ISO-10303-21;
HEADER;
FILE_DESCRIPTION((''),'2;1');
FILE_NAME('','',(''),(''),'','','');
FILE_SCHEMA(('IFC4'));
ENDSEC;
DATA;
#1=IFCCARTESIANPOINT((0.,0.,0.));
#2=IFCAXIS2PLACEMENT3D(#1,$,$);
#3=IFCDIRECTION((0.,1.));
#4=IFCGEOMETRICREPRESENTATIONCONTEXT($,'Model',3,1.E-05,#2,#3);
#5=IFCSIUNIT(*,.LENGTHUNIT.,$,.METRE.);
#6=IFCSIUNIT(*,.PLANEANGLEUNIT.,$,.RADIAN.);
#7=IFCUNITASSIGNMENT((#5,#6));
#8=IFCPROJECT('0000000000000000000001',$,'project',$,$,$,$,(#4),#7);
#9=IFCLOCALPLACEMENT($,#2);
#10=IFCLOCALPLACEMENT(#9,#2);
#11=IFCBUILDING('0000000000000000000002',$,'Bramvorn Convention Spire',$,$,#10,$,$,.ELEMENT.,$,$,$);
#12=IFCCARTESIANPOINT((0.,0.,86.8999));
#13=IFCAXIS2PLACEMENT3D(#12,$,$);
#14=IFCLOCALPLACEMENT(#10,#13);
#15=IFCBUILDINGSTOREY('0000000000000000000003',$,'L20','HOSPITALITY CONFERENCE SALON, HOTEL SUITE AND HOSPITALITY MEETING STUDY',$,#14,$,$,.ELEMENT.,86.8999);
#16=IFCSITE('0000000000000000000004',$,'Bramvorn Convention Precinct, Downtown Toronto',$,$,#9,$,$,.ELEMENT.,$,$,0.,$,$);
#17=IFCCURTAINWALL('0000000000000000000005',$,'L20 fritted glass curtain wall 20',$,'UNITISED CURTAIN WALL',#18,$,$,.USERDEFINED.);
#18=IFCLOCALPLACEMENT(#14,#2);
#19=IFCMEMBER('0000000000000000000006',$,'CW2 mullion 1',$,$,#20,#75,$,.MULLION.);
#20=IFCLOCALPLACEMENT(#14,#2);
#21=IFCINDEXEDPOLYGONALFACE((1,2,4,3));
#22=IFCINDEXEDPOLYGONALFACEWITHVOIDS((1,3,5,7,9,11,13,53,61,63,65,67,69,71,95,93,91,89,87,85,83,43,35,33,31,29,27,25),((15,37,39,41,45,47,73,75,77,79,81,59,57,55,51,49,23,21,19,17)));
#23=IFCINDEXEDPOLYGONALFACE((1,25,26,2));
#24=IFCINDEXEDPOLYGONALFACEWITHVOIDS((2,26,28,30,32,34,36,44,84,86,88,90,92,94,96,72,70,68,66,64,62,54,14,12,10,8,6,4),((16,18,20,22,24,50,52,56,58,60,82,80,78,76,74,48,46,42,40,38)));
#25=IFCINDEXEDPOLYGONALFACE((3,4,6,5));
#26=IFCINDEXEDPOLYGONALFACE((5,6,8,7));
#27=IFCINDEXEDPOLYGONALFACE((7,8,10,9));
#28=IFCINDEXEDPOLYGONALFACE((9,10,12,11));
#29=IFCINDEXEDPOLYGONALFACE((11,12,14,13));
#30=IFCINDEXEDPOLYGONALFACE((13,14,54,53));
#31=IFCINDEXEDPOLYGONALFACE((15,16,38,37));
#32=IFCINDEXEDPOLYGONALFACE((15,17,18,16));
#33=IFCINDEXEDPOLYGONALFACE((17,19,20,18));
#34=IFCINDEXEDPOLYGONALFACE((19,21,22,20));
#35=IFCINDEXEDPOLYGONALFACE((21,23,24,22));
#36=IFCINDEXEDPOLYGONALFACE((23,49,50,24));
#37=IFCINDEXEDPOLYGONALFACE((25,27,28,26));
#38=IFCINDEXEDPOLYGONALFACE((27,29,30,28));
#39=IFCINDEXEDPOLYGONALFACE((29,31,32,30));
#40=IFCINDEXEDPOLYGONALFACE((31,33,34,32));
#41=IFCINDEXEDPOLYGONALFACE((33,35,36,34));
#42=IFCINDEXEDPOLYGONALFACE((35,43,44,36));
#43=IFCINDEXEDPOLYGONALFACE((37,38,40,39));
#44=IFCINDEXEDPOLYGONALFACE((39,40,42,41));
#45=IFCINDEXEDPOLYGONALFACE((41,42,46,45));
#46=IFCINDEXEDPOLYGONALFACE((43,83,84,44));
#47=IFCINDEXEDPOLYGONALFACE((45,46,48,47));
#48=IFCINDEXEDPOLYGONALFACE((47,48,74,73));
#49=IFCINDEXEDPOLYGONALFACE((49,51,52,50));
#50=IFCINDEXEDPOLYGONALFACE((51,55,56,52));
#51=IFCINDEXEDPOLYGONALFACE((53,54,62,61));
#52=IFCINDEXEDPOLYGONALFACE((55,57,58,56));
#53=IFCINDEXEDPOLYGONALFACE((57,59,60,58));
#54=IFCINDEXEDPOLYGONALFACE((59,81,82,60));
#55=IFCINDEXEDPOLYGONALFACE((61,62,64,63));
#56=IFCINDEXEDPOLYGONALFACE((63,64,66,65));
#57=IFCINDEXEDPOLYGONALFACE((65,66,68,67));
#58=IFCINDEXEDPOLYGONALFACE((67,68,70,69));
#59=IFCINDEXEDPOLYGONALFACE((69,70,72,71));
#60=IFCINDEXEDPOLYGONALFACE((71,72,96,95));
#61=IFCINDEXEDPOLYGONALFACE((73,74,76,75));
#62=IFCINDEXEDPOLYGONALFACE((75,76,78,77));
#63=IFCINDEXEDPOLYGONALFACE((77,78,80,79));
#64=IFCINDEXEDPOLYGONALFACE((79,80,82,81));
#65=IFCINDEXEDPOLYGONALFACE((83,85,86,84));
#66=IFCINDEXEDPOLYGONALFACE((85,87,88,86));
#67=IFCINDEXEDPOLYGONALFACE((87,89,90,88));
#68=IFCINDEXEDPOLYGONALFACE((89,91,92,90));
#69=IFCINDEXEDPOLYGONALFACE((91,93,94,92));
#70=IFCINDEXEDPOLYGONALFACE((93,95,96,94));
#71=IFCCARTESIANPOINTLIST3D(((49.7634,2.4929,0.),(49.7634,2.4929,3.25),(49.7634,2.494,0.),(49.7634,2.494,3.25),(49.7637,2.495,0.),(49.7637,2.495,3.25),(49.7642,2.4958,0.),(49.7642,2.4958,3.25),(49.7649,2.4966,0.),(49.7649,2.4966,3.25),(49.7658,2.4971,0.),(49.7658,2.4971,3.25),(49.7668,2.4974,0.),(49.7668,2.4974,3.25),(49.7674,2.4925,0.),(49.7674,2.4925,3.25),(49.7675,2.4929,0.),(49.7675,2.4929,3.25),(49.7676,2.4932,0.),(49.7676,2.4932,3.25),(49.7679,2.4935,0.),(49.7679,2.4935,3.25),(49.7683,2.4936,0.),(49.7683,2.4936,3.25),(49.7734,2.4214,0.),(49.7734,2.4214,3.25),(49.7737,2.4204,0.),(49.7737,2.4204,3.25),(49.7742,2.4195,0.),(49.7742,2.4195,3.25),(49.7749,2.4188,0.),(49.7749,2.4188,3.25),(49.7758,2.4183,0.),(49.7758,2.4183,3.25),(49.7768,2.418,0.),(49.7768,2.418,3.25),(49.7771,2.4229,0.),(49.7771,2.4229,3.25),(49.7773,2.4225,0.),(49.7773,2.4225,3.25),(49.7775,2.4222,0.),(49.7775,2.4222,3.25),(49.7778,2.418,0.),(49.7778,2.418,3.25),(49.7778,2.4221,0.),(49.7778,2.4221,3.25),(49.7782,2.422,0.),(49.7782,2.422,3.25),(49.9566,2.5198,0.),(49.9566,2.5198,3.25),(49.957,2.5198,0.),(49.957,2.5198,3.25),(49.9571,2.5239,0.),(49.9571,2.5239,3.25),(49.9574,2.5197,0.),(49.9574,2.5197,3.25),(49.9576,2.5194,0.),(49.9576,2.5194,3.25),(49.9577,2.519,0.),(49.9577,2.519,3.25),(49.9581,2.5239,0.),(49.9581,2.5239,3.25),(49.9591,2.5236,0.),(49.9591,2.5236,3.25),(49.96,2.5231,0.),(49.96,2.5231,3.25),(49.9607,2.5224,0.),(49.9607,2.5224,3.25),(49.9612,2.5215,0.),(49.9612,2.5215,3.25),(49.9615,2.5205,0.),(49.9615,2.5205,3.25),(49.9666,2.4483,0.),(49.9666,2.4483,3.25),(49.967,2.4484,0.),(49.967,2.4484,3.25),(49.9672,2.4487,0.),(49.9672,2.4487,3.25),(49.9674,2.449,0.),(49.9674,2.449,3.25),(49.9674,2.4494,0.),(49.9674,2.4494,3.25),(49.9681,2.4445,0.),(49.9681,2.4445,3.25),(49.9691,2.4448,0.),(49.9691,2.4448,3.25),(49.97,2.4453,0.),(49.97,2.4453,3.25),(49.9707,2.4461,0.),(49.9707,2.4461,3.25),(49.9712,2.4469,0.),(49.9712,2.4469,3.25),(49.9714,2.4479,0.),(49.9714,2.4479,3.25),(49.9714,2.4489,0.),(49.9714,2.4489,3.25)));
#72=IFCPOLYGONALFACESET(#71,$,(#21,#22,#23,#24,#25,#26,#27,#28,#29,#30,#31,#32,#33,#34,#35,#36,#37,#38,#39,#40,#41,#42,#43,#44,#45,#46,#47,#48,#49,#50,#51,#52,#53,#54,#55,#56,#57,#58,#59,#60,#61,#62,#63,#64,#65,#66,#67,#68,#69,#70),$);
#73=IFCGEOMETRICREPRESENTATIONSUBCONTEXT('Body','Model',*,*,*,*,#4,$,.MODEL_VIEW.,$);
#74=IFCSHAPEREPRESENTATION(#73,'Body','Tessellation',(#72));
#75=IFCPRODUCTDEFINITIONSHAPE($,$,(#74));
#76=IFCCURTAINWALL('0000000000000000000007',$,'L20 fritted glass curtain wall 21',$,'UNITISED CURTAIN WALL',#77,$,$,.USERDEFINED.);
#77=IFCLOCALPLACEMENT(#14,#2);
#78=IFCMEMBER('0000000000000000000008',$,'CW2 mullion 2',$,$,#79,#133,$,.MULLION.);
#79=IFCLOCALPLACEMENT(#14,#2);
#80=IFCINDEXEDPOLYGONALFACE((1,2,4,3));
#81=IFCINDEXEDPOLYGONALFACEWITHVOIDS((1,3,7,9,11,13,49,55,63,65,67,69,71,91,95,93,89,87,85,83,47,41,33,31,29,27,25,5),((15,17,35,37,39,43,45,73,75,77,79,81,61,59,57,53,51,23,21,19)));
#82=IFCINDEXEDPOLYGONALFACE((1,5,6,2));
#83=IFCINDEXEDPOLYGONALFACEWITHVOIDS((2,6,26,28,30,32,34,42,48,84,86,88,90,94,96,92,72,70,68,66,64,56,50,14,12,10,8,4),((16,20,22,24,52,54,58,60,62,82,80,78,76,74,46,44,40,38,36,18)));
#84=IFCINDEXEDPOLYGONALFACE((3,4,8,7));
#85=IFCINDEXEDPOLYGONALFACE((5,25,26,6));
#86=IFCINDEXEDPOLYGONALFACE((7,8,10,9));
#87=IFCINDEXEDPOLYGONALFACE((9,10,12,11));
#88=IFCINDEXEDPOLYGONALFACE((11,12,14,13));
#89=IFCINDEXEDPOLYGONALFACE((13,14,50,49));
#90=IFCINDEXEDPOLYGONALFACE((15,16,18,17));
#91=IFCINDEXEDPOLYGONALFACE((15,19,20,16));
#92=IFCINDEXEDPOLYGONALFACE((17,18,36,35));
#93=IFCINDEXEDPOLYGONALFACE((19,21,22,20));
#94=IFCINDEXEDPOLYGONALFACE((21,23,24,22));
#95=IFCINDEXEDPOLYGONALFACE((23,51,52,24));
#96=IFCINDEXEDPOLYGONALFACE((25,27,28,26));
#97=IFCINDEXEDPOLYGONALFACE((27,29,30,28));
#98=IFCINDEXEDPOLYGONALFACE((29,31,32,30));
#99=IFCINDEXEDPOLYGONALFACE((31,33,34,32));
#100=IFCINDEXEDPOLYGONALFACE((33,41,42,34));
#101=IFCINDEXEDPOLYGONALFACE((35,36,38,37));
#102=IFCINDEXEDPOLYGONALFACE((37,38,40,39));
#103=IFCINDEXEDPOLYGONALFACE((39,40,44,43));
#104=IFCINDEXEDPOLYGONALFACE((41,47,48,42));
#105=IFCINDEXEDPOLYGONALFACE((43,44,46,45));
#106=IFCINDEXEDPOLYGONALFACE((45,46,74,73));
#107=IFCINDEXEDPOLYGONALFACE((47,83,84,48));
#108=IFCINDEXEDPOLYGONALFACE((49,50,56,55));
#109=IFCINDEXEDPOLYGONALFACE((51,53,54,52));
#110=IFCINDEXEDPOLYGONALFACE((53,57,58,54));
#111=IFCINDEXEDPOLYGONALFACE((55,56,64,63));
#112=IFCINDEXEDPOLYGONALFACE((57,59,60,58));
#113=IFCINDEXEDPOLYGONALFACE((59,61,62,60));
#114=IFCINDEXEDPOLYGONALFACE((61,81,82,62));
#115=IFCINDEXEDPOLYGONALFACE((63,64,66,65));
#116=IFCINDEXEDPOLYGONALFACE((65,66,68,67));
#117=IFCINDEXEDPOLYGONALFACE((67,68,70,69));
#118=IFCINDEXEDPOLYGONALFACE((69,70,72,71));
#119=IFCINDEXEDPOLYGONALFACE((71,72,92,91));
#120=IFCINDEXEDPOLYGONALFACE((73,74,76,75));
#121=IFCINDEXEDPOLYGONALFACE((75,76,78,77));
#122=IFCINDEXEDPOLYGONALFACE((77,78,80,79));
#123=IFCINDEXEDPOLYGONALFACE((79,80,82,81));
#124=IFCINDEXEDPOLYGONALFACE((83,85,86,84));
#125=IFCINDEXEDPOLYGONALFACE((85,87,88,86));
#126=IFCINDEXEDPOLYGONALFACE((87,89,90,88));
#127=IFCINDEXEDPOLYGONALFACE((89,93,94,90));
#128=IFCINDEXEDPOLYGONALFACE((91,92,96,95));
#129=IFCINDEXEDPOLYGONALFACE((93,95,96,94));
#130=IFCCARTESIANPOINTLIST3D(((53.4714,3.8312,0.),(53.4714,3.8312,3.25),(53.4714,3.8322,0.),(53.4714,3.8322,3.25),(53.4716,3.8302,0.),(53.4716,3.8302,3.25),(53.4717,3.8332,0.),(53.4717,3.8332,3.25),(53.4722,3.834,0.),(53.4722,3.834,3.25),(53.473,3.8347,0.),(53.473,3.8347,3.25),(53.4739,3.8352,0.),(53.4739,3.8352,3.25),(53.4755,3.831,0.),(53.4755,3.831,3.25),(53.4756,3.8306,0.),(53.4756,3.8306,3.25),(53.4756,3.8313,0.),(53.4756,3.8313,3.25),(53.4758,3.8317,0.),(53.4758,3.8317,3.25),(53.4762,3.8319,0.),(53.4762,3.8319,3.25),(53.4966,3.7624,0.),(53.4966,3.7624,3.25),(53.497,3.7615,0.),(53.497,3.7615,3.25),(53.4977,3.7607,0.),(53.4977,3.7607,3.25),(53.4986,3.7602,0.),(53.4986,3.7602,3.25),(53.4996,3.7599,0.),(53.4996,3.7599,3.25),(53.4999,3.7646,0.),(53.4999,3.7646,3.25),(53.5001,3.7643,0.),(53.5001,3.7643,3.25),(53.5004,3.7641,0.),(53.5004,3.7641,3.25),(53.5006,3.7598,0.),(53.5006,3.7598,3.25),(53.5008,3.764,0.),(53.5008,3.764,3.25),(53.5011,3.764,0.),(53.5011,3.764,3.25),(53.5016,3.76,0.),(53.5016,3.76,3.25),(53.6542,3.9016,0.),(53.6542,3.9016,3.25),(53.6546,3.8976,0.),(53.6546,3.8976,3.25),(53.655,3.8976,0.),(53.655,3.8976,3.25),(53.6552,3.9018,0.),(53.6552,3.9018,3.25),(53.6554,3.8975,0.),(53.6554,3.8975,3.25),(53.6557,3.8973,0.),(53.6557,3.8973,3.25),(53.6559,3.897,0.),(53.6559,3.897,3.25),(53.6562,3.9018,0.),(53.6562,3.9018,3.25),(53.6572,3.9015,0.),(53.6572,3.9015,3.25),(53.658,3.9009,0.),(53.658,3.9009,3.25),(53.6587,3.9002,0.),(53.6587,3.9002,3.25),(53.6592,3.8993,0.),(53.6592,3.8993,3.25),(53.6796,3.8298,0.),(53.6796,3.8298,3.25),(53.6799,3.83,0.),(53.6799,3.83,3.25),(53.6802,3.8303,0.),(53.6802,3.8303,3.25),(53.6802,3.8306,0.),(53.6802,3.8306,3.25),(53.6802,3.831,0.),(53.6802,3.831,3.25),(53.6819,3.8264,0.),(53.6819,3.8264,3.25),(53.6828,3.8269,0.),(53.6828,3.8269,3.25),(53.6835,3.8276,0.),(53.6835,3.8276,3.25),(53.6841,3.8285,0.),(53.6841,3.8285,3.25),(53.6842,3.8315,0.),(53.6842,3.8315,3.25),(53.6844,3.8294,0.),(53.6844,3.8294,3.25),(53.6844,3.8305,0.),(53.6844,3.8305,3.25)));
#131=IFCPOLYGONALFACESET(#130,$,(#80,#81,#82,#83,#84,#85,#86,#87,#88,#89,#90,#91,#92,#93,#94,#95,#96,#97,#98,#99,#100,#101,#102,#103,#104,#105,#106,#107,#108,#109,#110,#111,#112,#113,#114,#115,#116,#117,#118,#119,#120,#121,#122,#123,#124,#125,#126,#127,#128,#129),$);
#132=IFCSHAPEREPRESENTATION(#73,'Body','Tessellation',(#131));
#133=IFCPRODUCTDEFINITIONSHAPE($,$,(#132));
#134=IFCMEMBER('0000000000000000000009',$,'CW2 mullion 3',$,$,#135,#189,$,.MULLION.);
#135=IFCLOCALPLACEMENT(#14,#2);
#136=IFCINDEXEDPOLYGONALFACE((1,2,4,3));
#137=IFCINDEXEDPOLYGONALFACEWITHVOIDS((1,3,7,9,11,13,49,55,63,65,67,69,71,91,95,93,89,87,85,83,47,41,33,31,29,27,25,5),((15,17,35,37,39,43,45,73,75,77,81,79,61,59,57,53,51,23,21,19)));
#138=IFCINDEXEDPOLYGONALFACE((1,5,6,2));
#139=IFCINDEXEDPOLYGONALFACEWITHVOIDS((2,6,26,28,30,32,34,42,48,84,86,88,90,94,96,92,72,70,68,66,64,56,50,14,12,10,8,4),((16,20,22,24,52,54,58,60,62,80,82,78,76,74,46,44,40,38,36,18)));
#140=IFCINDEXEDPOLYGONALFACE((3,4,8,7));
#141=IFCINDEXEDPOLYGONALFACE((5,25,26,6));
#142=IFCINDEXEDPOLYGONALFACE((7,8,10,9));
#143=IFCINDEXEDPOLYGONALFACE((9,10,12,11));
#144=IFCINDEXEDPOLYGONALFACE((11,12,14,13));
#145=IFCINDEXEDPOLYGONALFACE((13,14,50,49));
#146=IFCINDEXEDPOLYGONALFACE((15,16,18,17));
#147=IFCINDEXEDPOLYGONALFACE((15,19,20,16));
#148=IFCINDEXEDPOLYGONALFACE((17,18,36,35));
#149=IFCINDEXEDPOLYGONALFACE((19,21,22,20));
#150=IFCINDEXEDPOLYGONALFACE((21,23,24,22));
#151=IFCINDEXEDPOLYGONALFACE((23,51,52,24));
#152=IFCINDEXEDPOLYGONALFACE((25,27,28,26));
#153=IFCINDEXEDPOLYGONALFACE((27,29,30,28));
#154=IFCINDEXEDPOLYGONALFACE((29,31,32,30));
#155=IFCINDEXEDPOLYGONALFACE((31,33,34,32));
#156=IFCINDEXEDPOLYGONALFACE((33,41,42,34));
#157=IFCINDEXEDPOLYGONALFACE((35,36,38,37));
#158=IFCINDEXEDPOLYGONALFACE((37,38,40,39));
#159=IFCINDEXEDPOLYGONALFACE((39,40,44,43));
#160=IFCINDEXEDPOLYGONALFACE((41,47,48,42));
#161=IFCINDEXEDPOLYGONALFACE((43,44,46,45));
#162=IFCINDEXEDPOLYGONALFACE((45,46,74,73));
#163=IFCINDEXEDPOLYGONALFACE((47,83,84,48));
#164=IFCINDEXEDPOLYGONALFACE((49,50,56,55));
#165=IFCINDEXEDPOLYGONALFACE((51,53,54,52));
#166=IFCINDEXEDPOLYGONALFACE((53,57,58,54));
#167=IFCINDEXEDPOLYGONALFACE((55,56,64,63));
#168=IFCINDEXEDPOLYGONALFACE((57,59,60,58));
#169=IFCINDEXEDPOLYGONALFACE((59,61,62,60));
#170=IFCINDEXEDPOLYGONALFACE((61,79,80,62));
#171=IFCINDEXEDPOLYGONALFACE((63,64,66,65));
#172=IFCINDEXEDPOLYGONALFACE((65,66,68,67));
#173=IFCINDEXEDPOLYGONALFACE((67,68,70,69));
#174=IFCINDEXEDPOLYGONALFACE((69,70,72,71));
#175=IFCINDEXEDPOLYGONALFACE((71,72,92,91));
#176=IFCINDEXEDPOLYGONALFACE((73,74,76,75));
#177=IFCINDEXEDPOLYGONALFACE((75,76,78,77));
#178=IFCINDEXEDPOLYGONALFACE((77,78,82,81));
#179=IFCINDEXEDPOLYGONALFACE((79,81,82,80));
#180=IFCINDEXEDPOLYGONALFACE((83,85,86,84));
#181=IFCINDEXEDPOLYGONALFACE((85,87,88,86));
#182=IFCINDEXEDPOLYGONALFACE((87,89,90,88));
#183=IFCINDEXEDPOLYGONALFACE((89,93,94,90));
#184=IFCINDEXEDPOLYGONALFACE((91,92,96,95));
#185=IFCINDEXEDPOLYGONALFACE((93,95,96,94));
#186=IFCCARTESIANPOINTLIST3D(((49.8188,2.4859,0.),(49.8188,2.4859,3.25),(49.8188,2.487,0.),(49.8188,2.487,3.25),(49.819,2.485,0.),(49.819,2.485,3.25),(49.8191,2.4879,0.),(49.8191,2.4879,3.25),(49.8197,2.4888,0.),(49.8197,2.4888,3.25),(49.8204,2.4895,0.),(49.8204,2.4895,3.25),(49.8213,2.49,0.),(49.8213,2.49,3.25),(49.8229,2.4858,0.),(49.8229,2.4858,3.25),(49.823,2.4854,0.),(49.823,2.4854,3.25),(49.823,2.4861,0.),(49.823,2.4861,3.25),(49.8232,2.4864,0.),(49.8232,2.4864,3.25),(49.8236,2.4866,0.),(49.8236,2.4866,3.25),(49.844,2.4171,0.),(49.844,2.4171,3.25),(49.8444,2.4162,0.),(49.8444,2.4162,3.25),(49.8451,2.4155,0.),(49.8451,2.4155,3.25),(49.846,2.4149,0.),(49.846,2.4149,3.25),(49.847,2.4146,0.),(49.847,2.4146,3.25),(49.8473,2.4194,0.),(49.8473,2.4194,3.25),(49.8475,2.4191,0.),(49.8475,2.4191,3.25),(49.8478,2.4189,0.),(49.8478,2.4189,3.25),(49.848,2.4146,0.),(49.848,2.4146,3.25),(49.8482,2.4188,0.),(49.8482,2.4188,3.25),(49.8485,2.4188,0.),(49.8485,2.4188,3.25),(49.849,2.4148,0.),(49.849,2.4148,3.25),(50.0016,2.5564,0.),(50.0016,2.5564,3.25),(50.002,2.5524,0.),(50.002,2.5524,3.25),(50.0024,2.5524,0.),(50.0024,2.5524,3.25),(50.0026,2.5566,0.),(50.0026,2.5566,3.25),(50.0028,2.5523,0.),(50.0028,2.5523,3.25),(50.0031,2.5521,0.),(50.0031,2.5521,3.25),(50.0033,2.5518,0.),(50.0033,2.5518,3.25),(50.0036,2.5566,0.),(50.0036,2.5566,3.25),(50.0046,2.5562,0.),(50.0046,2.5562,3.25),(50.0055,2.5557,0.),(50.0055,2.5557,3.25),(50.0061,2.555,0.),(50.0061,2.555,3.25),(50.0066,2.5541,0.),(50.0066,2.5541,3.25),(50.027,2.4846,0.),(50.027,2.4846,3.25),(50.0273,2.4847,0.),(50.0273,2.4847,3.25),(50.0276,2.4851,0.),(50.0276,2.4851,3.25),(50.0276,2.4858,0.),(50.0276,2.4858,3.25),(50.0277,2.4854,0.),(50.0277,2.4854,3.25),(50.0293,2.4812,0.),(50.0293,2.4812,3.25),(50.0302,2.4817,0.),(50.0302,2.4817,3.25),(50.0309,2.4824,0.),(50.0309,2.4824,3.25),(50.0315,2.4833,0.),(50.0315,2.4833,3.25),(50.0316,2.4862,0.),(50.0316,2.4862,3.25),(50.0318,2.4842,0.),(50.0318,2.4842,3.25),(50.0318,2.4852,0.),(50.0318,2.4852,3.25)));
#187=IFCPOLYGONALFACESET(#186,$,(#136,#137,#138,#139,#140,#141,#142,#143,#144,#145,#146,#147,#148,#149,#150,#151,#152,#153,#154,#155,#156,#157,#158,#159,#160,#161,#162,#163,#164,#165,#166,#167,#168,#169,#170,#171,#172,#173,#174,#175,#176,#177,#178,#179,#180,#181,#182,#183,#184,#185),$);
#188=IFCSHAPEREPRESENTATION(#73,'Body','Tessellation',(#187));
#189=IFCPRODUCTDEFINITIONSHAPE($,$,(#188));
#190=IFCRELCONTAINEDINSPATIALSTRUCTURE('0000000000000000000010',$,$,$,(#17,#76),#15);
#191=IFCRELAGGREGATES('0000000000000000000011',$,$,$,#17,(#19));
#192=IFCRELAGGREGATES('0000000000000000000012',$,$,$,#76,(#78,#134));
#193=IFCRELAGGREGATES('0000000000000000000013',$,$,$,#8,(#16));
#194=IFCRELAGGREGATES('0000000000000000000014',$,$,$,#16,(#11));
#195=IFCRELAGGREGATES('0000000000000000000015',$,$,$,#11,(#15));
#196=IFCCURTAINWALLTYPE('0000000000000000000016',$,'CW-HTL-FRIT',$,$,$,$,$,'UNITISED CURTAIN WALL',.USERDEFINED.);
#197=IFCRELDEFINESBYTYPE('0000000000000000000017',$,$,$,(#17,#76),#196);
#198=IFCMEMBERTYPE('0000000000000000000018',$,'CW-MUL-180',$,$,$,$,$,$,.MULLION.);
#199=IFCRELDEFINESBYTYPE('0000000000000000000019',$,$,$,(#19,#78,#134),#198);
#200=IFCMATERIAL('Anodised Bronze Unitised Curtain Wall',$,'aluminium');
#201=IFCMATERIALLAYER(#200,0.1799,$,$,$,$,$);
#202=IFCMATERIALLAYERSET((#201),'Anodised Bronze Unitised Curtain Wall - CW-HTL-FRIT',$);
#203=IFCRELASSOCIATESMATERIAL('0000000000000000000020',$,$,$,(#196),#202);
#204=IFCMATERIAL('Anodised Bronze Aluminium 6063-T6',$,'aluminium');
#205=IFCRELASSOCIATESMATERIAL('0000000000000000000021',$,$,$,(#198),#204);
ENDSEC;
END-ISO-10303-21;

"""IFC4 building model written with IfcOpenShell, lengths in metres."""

from ifc_helpers import new_model, si_unit, direction, frame, origin, origin_2d, place, context, subcontext, project, spatial, hollow_rectangle, extrude, material, layer, layer_set, material_profile, profile_set, type_object, element, aggregate, save


model = new_model("IFC4")

# Units and contexts
model_context = context("Model", 3, precision=1e-05, world=origin(), true_north=direction((0.0, 1.0)))
body_context = subcontext(model_context, "Body", "Model", "MODEL_VIEW")
ifc_project = project(units=[si_unit("LENGTHUNIT", "METRE"), si_unit("PLANEANGLEUNIT", "RADIAN")], contexts=[model_context])

# Site, building, storey
site_placement = place(None, origin())
site = spatial("IfcSite", under=ifc_project, at=site_placement, Name="Bramvorn Convention Precinct, Downtown Toronto", CompositionType="ELEMENT", RefElevation=0.0)
building_placement = place(site_placement, origin())
building = spatial("IfcBuilding", under=site, at=building_placement, Name="Bramvorn Convention Spire", CompositionType="ELEMENT")
storey_placement = place(building_placement, frame((0.0, 0.0, 86.8999)))
storey = spatial("IfcBuildingStorey", under=building, at=storey_placement, Name="L20", Description="HOSPITALITY CONFERENCE SALON, HOTEL SUITE AND HOSPITALITY MEETING STUDY", CompositionType="ELEMENT", Elevation=86.8999)

# Curtain wall, member
ifc_material_1 = material(Name="Anodised Bronze Unitised Curtain Wall", Category="aluminium")
ifc_layer_1 = layer(ifc_material_1, 0.1799)
ifc_layer_set_1 = layer_set([ifc_layer_1], Name="Anodised Bronze Unitised Curtain Wall - CW-HTL-FRIT")
curtain_wall_type = type_object("IfcCurtainWallType", Name="CW-HTL-FRIT", ElementType="UNITISED CURTAIN WALL", PredefinedType="USERDEFINED", material=ifc_layer_set_1)
curtain_wall_1_placement = place(storey_placement, origin())
curtain_wall_1 = element("IfcCurtainWall", 1, at=curtain_wall_1_placement, inside=storey, type_object=curtain_wall_type, Name="L20 fritted glass curtain wall 20", ObjectType="UNITISED CURTAIN WALL", PredefinedType="USERDEFINED")
ifc_material_2 = material(Name="Anodised Bronze Aluminium 6063-T6", Category="aluminium")
ifc_material_profile_1 = material_profile(ifc_material_2, hollow_rectangle(XDim=0.0801, YDim=0.2, WallThickness=0.0039, InnerFilletRadius=0.001, OuterFilletRadius=0.0039, at=origin_2d()))
ifc_profile_set_1 = profile_set([ifc_material_profile_1], Name="Anodised Bronze Aluminium 6063-T6 - CWM80X200")
member_type_1 = type_object("IfcMemberType", Name="CW-MUL-180", PredefinedType="MULLION", material=ifc_profile_set_1)
member_1_placement = place(storey_placement, frame((49.8674, 2.4709, 0.0), z_axis=(0.0, 0.0, 1.0), x_axis=(0.137894, -0.990447, 0.0)))
member_1 = element("IfcMember", 2, at=member_1_placement, type_object=member_type_1, Name="CW2 mullion 1", PredefinedType="MULLION", context=body_context, shape_type="SweptSolid", body=[
    extrude(hollow_rectangle(XDim=0.0801, YDim=0.2, WallThickness=0.0039, InnerFilletRadius=0.001, OuterFilletRadius=0.0039, at=origin_2d()), origin(), (0.0, 0.0, 1.0), 3.25),
])

# Curtain wall, members
curtain_wall_2_placement = place(storey_placement, origin())
curtain_wall_2 = element("IfcCurtainWall", 3, at=curtain_wall_2_placement, inside=storey, type_object=curtain_wall_type, Name="L20 fritted glass curtain wall 21", ObjectType="UNITISED CURTAIN WALL", PredefinedType="USERDEFINED")
member_2_placement = place(storey_placement, frame((53.5779, 3.8308, 0.0), z_axis=(0.0, 0.0, 1.0), x_axis=(0.345574, -0.938391, 0.0)))
member_2 = element("IfcMember", 4, at=member_2_placement, type_object=member_type_1, Name="CW2 mullion 2", PredefinedType="MULLION", context=body_context, shape_type="SweptSolid", body=[
    extrude(hollow_rectangle(XDim=0.0801, YDim=0.2, WallThickness=0.0039, InnerFilletRadius=0.001, OuterFilletRadius=0.0039, at=origin_2d()), origin(), (0.0, 0.0, 1.0), 3.25),
])
member_3_placement = place(storey_placement, frame((49.9253, 2.4856, 0.0), z_axis=(0.0, 0.0, 1.0), x_axis=(0.345574, -0.938391, 0.0)))
member_3 = element("IfcMember", 5, at=member_3_placement, type_object=member_type_1, Name="CW2 mullion 3", PredefinedType="MULLION", context=body_context, shape_type="SweptSolid", body=[
    extrude(hollow_rectangle(XDim=0.0801, YDim=0.2, WallThickness=0.0039, InnerFilletRadius=0.001, OuterFilletRadius=0.0039, at=origin_2d()), origin(), (0.0, 0.0, 1.0), 3.25),
])

aggregate(curtain_wall_1, [member_1])

aggregate(curtain_wall_2, [member_2, member_3])

save(model, "model.ifc")
